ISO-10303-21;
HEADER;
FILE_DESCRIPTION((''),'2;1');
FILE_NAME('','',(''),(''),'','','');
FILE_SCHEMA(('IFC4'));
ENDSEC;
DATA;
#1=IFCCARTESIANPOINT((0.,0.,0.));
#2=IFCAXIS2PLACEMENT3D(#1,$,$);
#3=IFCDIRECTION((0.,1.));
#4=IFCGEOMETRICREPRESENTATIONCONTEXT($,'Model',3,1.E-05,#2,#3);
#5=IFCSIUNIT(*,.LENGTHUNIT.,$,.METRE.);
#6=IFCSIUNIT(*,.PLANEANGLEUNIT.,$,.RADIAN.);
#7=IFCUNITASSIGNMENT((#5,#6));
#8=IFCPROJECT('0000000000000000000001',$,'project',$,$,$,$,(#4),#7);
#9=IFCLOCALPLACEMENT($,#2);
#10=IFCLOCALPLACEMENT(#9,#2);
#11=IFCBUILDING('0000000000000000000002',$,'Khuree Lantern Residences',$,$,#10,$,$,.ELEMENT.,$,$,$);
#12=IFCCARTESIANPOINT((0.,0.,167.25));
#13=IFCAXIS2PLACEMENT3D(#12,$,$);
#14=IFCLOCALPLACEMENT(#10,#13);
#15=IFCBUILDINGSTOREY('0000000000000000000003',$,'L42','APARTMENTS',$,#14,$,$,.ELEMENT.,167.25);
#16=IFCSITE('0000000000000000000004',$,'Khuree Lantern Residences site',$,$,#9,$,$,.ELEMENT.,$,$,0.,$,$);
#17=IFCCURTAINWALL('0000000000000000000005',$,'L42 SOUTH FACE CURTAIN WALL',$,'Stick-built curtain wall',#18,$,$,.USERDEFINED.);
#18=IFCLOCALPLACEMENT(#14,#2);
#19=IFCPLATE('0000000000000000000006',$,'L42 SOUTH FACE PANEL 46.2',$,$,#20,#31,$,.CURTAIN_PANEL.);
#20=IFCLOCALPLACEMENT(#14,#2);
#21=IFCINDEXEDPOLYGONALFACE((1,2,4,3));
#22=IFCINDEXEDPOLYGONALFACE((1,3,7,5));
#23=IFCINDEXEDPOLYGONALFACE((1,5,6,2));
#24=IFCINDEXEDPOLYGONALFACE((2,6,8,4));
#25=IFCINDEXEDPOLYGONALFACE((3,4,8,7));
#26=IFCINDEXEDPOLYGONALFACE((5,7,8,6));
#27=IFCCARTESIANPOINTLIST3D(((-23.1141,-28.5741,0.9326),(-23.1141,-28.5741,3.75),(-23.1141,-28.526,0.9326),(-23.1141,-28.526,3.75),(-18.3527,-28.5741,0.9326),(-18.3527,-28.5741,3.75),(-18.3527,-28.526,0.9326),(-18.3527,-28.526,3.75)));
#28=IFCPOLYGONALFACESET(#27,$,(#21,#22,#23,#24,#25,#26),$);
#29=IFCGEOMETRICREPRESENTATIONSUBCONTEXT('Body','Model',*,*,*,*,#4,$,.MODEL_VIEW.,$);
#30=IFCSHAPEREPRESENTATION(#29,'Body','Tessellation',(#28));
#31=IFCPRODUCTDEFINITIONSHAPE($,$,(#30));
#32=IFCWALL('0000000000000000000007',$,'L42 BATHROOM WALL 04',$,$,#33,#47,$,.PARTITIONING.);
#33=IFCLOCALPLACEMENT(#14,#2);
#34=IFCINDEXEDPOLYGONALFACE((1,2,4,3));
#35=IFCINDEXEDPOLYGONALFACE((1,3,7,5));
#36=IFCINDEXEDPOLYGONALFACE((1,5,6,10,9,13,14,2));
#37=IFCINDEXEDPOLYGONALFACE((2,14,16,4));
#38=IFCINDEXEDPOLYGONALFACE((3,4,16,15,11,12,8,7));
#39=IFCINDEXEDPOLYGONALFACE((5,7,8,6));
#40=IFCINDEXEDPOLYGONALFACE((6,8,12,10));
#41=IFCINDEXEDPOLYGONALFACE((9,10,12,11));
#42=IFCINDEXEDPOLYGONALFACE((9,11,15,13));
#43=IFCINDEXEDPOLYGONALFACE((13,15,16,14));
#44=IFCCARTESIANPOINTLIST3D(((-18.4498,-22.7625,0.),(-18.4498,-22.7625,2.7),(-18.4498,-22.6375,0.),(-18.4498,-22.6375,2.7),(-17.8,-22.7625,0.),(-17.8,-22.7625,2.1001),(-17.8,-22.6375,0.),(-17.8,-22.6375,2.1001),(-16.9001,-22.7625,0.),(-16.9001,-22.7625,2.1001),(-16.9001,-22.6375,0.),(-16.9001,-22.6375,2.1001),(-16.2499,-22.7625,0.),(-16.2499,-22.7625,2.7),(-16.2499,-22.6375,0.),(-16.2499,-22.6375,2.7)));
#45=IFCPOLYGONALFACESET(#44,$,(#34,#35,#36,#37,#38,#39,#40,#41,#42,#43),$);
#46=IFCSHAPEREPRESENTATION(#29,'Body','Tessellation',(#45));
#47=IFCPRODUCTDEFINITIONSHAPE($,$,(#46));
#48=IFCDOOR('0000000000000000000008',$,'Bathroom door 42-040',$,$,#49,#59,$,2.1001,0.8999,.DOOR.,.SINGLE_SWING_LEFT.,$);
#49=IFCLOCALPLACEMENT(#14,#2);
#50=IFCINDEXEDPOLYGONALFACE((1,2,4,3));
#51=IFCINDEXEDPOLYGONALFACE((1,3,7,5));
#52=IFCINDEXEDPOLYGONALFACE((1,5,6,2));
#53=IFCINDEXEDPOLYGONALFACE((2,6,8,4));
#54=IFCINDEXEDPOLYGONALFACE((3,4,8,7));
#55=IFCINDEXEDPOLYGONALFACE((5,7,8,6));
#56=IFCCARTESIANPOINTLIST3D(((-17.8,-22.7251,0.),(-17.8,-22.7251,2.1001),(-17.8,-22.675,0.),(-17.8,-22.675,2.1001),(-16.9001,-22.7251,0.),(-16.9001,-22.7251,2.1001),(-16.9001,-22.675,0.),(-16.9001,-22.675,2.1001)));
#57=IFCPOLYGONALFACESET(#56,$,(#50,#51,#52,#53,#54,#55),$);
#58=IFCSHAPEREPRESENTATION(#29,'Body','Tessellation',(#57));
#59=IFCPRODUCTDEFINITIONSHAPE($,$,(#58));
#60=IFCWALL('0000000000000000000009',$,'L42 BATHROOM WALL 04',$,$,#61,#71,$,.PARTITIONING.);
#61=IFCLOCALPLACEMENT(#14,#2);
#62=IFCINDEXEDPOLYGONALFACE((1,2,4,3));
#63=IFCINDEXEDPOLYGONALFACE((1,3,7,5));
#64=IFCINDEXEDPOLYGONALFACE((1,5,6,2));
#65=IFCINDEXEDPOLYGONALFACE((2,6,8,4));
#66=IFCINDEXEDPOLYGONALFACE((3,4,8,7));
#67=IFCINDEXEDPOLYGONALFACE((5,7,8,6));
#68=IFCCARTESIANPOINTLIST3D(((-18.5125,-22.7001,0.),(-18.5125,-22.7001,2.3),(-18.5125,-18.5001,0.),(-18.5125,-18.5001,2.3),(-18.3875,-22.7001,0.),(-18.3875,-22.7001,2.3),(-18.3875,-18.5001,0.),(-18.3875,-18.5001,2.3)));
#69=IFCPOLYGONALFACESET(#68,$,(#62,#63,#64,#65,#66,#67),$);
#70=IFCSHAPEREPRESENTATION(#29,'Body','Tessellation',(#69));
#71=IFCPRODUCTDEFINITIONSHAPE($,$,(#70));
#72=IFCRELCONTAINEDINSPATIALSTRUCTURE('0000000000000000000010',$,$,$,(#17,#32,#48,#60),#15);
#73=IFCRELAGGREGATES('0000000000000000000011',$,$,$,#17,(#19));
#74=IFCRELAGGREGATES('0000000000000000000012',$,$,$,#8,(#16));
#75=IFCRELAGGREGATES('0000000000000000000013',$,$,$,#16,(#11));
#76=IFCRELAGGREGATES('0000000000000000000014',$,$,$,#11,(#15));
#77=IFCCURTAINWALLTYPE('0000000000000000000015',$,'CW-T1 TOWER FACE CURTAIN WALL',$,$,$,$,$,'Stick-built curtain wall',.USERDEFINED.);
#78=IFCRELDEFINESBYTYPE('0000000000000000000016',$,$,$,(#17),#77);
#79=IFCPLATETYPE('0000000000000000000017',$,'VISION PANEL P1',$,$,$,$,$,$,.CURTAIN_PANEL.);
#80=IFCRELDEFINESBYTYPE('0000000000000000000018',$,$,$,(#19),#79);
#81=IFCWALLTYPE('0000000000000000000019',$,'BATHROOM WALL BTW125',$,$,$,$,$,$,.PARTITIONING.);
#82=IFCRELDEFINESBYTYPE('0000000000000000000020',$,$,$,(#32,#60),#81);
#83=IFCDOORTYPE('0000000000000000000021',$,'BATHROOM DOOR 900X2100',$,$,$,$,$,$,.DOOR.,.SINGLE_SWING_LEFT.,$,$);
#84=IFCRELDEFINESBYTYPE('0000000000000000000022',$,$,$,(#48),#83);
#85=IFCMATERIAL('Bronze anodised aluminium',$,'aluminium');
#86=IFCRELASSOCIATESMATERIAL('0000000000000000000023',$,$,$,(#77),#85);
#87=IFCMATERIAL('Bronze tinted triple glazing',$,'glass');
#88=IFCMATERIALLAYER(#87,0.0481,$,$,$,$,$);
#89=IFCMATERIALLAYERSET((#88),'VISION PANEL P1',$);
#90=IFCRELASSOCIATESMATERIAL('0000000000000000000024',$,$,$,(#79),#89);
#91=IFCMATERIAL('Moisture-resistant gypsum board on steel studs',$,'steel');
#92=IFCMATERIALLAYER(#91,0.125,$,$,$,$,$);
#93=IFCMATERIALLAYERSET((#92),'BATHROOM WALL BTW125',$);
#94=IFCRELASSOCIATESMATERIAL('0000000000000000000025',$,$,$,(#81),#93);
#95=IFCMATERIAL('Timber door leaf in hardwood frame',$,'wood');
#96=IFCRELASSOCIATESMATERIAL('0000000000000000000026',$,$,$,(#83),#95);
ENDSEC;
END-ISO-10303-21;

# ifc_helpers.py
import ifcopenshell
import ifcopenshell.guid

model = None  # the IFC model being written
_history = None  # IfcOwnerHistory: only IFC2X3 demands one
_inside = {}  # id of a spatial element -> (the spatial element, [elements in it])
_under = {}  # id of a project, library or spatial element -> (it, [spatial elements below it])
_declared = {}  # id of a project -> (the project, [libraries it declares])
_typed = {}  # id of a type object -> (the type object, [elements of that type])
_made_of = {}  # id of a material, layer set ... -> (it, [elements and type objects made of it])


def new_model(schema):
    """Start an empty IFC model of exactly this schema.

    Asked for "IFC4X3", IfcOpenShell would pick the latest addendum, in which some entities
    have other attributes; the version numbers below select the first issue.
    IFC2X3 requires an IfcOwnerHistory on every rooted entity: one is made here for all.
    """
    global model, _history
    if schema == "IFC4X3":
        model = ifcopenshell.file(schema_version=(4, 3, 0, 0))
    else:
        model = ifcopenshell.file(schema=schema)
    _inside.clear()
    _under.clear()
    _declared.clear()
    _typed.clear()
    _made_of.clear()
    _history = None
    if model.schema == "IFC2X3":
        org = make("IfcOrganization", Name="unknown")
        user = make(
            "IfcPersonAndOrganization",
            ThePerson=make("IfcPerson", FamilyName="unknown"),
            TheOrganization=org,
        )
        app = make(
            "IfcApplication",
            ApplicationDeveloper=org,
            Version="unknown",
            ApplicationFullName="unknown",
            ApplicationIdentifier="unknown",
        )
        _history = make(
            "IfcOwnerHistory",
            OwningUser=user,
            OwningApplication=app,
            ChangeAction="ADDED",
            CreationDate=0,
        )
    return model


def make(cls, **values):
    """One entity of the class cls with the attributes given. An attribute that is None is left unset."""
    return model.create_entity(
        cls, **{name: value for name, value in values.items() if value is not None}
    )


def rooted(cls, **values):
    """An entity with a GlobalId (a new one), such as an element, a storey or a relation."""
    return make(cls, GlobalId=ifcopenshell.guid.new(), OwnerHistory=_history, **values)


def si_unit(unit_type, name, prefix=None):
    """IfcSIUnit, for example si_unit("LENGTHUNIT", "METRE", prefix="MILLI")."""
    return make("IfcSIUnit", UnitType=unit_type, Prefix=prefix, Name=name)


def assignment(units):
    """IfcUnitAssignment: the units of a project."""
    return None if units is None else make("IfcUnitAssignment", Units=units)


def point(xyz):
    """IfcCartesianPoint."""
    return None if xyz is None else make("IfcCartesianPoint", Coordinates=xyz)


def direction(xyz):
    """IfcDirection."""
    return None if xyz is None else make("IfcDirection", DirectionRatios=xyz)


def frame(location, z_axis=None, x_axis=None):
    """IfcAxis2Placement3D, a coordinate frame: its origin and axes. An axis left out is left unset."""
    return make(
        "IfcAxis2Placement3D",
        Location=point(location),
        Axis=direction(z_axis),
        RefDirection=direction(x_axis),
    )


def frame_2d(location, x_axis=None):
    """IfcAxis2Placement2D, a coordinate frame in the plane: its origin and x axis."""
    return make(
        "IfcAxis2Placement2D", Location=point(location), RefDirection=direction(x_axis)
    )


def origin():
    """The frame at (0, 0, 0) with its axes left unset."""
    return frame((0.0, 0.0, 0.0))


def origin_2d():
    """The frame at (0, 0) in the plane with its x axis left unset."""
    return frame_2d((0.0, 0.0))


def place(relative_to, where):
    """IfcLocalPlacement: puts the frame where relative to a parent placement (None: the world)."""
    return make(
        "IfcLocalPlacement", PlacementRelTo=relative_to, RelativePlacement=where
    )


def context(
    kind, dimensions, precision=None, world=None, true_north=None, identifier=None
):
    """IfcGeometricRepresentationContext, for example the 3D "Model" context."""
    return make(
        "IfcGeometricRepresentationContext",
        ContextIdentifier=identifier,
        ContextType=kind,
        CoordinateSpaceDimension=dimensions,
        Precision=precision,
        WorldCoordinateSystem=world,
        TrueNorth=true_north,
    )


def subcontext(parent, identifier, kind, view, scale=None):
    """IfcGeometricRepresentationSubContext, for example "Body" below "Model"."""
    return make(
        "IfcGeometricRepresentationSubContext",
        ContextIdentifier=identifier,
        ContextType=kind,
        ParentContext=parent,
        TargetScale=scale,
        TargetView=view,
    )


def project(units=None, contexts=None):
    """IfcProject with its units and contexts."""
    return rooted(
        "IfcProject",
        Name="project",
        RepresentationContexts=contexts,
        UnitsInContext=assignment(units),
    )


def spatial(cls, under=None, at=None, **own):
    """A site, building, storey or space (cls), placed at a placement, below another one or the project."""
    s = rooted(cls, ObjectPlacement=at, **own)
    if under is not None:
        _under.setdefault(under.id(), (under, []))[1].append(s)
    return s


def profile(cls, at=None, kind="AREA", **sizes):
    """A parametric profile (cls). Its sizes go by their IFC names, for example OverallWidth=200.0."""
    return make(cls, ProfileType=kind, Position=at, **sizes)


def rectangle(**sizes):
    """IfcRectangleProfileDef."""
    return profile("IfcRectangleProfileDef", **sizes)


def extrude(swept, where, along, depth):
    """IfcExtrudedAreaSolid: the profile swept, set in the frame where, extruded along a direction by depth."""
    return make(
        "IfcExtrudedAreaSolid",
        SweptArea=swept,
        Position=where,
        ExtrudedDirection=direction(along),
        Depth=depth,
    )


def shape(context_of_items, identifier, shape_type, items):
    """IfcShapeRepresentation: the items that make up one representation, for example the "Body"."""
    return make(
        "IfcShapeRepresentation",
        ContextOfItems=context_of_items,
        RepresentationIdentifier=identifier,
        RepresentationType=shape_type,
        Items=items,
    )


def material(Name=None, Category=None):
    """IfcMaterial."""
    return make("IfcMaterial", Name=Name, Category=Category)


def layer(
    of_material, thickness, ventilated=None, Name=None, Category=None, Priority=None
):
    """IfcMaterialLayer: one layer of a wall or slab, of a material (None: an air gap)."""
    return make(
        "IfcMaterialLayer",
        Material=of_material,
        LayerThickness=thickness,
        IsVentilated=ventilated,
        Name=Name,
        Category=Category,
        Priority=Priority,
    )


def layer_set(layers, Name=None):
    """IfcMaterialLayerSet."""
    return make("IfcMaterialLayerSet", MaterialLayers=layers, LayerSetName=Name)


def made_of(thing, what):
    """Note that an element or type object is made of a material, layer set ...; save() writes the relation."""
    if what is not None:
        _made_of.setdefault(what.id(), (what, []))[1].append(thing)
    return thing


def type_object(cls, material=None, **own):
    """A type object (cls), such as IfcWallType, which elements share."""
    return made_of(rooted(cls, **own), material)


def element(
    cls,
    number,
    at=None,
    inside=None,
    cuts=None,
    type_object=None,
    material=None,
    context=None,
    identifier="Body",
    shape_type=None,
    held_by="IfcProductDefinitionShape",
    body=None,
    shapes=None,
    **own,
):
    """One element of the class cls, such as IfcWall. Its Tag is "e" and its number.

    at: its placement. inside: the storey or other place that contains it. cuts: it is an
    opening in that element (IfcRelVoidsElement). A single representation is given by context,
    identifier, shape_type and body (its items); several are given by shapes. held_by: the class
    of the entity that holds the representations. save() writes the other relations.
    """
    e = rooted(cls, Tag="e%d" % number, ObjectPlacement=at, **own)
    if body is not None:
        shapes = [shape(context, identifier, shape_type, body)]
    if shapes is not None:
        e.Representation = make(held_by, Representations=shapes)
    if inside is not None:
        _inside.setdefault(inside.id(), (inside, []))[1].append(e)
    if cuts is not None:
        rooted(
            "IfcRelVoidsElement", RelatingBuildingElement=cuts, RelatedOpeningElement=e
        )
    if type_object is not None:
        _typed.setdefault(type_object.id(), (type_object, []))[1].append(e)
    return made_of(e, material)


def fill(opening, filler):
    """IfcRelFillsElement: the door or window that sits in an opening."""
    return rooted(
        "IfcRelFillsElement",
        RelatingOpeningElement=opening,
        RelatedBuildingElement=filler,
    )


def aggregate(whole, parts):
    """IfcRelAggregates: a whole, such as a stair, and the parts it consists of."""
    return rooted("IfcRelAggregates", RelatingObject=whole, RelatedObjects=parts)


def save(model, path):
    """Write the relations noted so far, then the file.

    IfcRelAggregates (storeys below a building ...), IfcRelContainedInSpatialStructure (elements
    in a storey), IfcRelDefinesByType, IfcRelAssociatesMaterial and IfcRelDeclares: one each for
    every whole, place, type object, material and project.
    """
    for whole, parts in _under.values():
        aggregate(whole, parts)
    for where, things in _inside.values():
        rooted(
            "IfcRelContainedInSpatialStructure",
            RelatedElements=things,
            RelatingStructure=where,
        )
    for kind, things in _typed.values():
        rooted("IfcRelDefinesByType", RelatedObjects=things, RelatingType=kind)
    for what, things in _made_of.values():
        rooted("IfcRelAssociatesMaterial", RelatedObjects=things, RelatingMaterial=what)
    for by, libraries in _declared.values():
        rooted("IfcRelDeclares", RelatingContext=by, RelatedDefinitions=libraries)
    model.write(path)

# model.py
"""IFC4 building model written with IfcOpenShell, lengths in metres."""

from ifc_helpers import new_model, si_unit, direction, frame, frame_2d, origin, origin_2d, place, context, subcontext, project, spatial, rectangle, extrude, material, layer, layer_set, type_object, element, fill, aggregate, save


model = new_model("IFC4")

# Units and contexts
model_context = context("Model", 3, precision=1e-05, world=origin(), true_north=direction((0.0, 1.0)))
body_context = subcontext(model_context, "Body", "Model", "MODEL_VIEW")
ifc_project = project(units=[si_unit("LENGTHUNIT", "METRE"), si_unit("PLANEANGLEUNIT", "RADIAN")], contexts=[model_context])

# Site, building, storey
site_placement = place(None, origin())
site = spatial("IfcSite", under=ifc_project, at=site_placement, Name="Khuree Lantern Residences site", CompositionType="ELEMENT", RefElevation=0.0)
building_placement = place(site_placement, origin())
building = spatial("IfcBuilding", under=site, at=building_placement, Name="Khuree Lantern Residences", CompositionType="ELEMENT")
storey_placement = place(building_placement, frame((0.0, 0.0, 167.25)))
storey = spatial("IfcBuildingStorey", under=building, at=storey_placement, Name="L42", Description="APARTMENTS", CompositionType="ELEMENT", Elevation=167.25)

# Curtain wall
ifc_material_1 = material(Name="Bronze anodised aluminium", Category="aluminium")
curtain_wall_type_1 = type_object("IfcCurtainWallType", Name="CW-T1 TOWER FACE CURTAIN WALL", ElementType="Stick-built curtain wall", PredefinedType="USERDEFINED", material=ifc_material_1)
curtain_wall_1_placement = place(storey_placement, origin())
curtain_wall_1 = element("IfcCurtainWall", 1, at=curtain_wall_1_placement, inside=storey, type_object=curtain_wall_type_1, Name="L42 SOUTH FACE CURTAIN WALL", ObjectType="Stick-built curtain wall", PredefinedType="USERDEFINED")

# Plate
ifc_material_2 = material(Name="Bronze tinted triple glazing", Category="glass")
ifc_layer_1 = layer(ifc_material_2, 0.0481)
ifc_layer_set_1 = layer_set([ifc_layer_1], Name="VISION PANEL P1")
plate_type_1 = type_object("IfcPlateType", Name="VISION PANEL P1", PredefinedType="CURTAIN_PANEL", material=ifc_layer_set_1)
plate_1_placement = place(storey_placement, frame((-20.7334, -28.55, 0.9326), z_axis=(0.0, 0.0, 1.0), x_axis=(1.0, 0.0, 0.0)))
plate_1 = element("IfcPlate", 2, at=plate_1_placement, type_object=plate_type_1, Name="L42 SOUTH FACE PANEL 46.2", PredefinedType="CURTAIN_PANEL", context=body_context, shape_type="SweptSolid", body=[
    extrude(rectangle(XDim=4.7615, YDim=0.0481, at=origin_2d()), origin(), (0.0, 0.0, 1.0), 2.8174),
])
aggregate(curtain_wall_1, [plate_1])

# Wall, opening, door
ifc_material_3 = material(Name="Moisture-resistant gypsum board on steel studs", Category="steel")
ifc_layer_2 = layer(ifc_material_3, 0.125)
ifc_layer_set_2 = layer_set([ifc_layer_2], Name="BATHROOM WALL BTW125")
wall_type = type_object("IfcWallType", Name="BATHROOM WALL BTW125", PredefinedType="PARTITIONING", material=ifc_layer_set_2)
wall_1_placement = place(storey_placement, frame((-18.45, -22.7, 0.0), z_axis=(0.0, 0.0, 1.0), x_axis=(1.0, 0.0, 0.0)))
wall_1 = element("IfcWall", 3, at=wall_1_placement, inside=storey, type_object=wall_type, Name="L42 BATHROOM WALL 04", PredefinedType="PARTITIONING", context=body_context, shape_type="SweptSolid", body=[
    extrude(rectangle(XDim=2.2, YDim=0.125, at=frame_2d((1.1001, 0.0))), origin(), (0.0, 0.0, 1.0), 2.7),
])
opening_placement = place(wall_1_placement, frame((0.6499, 0.0, 0.0)))
opening = element("IfcOpeningElement", 4, at=opening_placement, cuts=wall_1, PredefinedType="OPENING", context=body_context, shape_type="SweptSolid", body=[
    extrude(rectangle(XDim=0.8999, YDim=2.1001, at=frame_2d((0.45, 1.05))), frame((0.0, 0.0725, 0.0), z_axis=(0.0, -1.0, 0.0), x_axis=(1.0, 0.0, 0.0)), (0.0, 0.0, 1.0), 0.145),
])
ifc_material_4 = material(Name="Timber door leaf in hardwood frame", Category="wood")
door_type = type_object("IfcDoorType", Name="BATHROOM DOOR 900X2100", OperationType="SINGLE_SWING_LEFT", PredefinedType="DOOR", material=ifc_material_4)
door_placement = place(opening_placement, origin())
door = element("IfcDoor", 5, at=door_placement, inside=storey, type_object=door_type, Name="Bathroom door 42-040", OperationType="SINGLE_SWING_LEFT", OverallHeight=2.1001, OverallWidth=0.8999, PredefinedType="DOOR", context=body_context, shape_type="SweptSolid", body=[
    extrude(rectangle(XDim=0.8999, YDim=2.1001, at=frame_2d((0.45, 1.05))), frame((0.0, 0.0249, 0.0), z_axis=(0.0, -1.0, 0.0), x_axis=(1.0, 0.0, 0.0)), (0.0, 0.0, 1.0), 0.05),
])
fill(opening, door)

# Wall
wall_2_placement = place(storey_placement, frame((-18.45, -18.5, 0.0), z_axis=(0.0, 0.0, 1.0), x_axis=(0.0, -1.0, 0.0)))
element("IfcWall", 6, at=wall_2_placement, inside=storey, type_object=wall_type, Name="L42 BATHROOM WALL 04", PredefinedType="PARTITIONING", context=body_context, shape_type="SweptSolid", body=[
    extrude(rectangle(XDim=4.2, YDim=0.125, at=frame_2d((2.1001, 0.0))), origin(), (0.0, 0.0, 1.0), 2.3),
])

save(model, "model.ifc")
